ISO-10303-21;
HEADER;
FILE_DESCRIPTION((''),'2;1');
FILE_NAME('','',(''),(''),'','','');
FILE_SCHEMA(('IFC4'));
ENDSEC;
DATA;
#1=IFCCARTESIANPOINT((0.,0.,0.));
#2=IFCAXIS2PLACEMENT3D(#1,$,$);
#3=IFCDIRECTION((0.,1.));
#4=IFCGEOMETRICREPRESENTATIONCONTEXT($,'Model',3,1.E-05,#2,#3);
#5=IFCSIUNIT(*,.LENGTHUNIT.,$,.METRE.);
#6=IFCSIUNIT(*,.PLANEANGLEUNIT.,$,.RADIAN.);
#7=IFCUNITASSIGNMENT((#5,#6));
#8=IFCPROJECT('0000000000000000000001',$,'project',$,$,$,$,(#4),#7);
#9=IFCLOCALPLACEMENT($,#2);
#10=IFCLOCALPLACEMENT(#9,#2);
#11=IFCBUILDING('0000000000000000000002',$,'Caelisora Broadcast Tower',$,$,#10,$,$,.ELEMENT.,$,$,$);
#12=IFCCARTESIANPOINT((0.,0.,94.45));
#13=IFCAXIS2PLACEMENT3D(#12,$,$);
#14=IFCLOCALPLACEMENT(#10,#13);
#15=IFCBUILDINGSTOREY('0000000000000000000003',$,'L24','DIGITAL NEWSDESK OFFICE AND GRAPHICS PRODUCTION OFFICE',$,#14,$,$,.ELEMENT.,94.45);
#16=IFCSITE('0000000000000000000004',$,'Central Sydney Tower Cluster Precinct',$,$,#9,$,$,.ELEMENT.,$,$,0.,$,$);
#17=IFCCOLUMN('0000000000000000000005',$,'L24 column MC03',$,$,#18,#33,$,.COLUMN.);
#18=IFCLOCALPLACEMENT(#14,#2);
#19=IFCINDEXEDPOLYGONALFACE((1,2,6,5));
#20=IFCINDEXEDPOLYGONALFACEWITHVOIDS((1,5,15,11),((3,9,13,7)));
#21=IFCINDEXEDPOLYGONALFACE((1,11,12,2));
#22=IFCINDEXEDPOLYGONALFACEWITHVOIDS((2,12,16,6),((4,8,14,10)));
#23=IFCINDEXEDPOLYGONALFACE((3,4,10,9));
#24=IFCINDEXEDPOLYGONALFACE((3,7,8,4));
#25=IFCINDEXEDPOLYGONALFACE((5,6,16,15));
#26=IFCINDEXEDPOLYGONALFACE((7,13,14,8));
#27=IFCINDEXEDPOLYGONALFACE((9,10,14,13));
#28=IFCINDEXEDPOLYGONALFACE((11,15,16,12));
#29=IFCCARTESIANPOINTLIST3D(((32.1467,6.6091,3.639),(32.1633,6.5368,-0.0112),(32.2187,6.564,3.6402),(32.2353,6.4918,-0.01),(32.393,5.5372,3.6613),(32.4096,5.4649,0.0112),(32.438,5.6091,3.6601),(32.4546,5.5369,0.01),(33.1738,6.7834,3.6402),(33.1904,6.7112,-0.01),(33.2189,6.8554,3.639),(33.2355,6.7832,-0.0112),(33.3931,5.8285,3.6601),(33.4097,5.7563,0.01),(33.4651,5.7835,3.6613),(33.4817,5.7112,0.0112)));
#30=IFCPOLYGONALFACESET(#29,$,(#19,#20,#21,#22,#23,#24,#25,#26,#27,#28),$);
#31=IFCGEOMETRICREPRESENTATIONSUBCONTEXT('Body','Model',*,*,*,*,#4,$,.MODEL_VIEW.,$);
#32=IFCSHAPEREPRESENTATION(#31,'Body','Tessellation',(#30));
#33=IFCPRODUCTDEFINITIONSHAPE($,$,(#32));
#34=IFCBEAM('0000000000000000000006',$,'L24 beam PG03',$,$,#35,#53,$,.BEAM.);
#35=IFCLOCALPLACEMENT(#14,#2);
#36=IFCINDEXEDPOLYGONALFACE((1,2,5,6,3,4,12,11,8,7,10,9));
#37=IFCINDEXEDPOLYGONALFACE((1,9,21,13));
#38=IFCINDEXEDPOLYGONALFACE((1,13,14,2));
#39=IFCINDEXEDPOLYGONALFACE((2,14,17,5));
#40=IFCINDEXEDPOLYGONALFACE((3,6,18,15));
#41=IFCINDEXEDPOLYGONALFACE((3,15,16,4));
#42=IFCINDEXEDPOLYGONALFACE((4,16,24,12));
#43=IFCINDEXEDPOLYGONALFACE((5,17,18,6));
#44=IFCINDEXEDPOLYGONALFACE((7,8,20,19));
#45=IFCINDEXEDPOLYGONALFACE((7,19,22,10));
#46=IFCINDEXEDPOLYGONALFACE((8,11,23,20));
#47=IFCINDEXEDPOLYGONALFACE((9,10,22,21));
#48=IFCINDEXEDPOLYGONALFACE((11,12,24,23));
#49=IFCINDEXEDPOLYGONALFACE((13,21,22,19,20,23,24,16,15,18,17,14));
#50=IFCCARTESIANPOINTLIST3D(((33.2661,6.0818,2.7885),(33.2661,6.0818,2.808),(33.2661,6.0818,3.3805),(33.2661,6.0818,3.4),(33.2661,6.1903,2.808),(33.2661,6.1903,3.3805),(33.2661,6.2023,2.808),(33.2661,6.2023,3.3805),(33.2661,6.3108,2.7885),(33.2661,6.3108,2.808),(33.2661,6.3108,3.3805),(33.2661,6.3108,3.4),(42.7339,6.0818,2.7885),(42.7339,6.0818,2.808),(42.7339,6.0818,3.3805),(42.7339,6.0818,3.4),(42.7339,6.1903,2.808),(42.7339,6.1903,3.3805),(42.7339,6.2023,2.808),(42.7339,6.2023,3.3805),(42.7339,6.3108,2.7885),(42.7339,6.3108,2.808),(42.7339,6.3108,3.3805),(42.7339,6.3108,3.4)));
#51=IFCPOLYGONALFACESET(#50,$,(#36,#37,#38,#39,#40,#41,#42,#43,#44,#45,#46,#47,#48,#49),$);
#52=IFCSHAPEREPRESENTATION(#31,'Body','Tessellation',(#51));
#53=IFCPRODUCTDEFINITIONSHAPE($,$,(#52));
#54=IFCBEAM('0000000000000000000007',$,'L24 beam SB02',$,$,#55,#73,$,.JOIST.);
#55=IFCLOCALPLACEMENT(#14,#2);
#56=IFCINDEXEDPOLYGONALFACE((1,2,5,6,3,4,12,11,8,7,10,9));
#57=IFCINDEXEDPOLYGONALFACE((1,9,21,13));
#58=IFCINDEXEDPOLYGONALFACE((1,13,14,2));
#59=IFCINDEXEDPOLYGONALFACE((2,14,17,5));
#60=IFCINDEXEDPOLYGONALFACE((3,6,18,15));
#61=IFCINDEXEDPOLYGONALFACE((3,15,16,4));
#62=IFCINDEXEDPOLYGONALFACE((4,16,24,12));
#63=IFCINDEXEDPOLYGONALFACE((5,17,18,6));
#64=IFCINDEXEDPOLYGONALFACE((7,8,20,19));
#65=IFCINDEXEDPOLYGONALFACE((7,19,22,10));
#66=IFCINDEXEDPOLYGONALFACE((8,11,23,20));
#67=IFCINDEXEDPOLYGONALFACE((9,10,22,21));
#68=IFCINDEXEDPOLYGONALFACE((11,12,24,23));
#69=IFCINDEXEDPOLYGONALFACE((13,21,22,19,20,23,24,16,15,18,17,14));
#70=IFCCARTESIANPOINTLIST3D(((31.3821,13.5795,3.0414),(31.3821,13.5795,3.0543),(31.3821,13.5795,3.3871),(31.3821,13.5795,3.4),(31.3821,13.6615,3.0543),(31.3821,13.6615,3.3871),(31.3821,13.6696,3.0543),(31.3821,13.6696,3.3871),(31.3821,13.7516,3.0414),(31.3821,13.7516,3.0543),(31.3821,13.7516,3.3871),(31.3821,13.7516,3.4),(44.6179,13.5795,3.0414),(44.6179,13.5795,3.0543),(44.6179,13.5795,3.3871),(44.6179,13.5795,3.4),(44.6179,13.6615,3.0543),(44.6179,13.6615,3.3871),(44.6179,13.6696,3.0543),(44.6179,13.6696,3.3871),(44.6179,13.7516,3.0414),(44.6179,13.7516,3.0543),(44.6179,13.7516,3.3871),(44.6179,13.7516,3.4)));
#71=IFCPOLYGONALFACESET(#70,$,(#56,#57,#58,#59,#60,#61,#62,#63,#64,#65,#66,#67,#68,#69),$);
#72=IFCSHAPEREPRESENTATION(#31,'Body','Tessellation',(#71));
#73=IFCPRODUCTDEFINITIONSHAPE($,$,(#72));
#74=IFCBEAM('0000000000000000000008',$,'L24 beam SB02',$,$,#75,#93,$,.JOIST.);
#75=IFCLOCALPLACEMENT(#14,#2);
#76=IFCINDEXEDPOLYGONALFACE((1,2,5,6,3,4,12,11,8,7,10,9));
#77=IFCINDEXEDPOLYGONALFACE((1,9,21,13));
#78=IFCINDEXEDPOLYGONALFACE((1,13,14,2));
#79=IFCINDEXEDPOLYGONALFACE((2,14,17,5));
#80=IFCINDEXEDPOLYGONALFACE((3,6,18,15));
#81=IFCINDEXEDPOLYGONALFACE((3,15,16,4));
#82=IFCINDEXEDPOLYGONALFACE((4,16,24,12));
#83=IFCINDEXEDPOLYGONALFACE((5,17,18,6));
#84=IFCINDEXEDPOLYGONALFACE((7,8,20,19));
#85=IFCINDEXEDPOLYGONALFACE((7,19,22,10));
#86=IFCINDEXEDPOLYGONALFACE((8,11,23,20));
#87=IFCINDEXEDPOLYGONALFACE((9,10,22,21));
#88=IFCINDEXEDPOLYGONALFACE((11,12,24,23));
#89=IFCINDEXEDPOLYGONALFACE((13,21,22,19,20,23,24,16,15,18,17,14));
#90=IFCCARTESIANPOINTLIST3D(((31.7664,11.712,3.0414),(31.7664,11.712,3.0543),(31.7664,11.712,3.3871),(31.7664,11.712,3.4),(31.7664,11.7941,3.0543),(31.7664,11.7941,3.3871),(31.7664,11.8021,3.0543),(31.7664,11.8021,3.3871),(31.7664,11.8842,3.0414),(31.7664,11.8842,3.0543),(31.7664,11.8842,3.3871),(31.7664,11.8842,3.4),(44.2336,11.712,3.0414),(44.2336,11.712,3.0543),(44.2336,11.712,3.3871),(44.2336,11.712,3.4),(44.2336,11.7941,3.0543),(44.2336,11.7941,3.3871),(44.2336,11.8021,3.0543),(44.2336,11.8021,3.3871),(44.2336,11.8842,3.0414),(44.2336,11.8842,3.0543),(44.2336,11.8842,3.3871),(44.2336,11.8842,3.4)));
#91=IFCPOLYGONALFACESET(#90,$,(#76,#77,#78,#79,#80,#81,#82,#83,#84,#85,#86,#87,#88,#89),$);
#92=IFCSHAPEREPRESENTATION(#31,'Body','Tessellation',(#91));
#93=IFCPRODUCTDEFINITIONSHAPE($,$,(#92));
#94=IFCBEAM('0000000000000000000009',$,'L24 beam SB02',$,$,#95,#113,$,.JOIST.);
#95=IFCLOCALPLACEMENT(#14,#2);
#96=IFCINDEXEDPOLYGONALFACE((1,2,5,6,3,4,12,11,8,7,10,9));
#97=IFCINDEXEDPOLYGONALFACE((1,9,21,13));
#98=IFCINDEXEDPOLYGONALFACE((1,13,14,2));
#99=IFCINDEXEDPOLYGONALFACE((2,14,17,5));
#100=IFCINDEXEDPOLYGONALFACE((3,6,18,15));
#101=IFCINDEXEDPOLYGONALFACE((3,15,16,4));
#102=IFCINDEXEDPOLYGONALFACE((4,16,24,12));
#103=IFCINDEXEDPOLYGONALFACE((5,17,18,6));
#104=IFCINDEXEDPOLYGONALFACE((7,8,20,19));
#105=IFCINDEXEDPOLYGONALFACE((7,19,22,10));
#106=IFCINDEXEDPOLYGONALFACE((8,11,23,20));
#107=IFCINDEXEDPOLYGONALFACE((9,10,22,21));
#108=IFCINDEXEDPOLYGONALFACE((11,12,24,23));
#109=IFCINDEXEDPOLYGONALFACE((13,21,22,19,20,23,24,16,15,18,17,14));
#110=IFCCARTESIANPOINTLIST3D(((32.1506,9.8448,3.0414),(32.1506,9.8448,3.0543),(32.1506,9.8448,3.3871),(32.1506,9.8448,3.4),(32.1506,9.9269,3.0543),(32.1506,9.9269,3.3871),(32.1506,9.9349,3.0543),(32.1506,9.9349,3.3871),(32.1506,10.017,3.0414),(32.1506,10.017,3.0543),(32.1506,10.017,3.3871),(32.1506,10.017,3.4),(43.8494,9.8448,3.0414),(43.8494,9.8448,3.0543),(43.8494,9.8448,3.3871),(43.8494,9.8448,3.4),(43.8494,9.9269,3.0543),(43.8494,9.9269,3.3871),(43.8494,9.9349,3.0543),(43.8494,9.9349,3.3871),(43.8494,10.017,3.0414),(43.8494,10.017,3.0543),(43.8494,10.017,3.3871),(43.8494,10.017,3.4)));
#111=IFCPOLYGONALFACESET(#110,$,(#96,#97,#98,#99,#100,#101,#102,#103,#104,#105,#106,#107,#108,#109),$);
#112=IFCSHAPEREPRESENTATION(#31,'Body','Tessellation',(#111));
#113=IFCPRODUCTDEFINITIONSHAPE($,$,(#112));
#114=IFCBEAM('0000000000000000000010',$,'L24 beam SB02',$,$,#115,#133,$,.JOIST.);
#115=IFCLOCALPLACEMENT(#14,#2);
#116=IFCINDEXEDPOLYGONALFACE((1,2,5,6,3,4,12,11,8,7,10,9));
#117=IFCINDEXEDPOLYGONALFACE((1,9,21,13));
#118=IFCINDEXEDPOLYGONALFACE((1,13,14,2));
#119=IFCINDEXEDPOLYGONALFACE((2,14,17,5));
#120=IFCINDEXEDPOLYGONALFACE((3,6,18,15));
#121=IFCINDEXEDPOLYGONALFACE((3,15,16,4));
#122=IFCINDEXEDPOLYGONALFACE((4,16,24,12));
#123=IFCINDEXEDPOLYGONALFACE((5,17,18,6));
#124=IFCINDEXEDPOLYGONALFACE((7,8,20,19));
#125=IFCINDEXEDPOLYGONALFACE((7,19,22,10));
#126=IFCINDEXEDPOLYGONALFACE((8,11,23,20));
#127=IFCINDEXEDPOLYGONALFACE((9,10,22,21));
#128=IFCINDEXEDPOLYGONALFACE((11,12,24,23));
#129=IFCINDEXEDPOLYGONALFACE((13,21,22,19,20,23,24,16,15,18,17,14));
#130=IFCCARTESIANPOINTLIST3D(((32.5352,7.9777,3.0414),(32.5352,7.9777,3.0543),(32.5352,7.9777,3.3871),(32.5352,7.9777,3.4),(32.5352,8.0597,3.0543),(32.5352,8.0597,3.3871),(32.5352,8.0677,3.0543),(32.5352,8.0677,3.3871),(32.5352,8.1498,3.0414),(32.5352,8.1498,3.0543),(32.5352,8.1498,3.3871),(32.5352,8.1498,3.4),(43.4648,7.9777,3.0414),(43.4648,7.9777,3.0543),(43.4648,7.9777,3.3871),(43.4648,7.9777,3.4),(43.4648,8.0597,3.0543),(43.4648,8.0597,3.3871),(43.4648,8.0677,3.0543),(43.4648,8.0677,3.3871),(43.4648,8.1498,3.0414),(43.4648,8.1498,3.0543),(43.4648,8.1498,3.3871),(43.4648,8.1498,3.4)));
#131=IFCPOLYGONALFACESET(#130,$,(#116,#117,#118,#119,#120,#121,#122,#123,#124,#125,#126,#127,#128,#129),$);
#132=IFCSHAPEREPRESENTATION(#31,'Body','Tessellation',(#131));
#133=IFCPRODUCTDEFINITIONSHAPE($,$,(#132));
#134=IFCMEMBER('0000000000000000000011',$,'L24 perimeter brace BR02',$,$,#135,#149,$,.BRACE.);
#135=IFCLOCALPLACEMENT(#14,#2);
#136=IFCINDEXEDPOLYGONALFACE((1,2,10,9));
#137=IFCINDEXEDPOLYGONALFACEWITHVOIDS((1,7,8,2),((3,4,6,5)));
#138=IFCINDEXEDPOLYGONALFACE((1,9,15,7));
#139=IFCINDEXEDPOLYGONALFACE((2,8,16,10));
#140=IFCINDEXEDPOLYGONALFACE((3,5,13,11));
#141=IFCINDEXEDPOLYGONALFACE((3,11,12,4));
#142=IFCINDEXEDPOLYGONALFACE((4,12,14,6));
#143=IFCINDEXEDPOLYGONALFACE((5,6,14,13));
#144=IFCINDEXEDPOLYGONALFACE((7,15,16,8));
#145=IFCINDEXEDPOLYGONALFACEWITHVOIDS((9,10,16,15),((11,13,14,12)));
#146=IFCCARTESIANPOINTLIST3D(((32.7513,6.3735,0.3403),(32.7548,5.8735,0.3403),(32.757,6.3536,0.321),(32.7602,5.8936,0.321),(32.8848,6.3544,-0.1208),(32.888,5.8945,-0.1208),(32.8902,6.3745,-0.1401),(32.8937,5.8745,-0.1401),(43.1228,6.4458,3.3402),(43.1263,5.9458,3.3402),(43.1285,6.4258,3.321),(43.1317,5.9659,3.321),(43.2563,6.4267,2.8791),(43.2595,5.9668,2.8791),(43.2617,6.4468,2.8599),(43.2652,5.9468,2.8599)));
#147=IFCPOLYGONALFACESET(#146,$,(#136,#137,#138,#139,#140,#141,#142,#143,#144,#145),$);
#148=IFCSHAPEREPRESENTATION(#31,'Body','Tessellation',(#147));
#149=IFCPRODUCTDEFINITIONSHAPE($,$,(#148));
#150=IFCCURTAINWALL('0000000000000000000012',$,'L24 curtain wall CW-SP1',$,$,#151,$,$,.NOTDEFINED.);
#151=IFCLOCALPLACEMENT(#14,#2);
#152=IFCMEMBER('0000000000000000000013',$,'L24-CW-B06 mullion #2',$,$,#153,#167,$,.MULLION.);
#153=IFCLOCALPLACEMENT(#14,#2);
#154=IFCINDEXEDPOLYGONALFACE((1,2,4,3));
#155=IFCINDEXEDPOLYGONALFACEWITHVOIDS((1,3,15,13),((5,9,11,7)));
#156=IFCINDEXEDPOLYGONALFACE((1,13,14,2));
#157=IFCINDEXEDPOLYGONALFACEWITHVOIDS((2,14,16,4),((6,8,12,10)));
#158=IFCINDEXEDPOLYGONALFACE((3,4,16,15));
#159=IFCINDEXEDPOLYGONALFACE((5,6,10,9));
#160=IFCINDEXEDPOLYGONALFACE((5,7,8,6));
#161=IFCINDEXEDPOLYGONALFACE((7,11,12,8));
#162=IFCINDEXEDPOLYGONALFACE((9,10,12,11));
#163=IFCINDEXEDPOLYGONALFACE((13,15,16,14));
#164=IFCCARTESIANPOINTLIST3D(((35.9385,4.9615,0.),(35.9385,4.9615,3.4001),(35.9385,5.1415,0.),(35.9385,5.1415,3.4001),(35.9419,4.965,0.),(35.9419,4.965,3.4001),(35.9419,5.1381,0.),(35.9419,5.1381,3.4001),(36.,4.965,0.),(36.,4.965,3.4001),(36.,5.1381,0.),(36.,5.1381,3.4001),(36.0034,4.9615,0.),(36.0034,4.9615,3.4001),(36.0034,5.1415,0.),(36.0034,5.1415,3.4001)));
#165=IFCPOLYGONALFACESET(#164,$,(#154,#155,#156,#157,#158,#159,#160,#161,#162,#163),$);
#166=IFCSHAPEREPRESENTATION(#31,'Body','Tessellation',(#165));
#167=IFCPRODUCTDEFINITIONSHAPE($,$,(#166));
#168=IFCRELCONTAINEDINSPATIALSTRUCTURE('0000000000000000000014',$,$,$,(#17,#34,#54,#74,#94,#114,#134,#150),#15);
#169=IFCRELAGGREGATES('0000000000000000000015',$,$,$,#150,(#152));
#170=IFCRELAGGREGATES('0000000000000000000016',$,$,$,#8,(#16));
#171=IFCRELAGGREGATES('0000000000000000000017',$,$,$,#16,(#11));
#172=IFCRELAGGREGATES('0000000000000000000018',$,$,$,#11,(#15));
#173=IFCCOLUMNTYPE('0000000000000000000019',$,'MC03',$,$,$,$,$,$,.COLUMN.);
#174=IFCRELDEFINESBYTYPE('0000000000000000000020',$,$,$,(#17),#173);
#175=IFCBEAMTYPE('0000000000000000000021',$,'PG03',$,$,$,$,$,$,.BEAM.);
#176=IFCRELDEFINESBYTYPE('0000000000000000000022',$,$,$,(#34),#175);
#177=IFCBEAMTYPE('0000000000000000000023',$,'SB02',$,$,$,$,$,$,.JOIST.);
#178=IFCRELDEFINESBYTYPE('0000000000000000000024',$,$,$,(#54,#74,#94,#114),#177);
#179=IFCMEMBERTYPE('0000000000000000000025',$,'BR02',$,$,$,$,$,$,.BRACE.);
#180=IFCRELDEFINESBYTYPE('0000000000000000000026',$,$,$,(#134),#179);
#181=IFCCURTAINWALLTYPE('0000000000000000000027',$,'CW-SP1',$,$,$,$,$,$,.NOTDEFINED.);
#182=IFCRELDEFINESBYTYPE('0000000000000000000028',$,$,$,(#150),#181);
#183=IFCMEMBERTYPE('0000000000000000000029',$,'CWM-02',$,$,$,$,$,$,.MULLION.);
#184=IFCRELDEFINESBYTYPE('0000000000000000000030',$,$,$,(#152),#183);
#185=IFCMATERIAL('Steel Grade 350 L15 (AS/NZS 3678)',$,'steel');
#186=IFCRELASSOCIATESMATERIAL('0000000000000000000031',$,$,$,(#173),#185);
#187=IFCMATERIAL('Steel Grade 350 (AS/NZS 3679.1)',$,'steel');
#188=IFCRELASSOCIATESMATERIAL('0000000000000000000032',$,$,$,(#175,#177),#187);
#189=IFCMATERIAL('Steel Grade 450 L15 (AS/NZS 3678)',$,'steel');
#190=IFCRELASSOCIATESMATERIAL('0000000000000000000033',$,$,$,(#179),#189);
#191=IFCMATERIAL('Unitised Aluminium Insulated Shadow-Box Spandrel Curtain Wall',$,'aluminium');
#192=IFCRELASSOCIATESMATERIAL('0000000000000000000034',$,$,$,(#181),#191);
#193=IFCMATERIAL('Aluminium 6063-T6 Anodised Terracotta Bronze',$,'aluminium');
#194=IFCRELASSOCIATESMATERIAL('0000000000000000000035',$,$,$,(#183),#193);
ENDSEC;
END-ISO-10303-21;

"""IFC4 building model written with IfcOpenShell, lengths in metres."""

from ifc_helpers import new_model, si_unit, direction, frame, origin, origin_2d, place, context, subcontext, project, spatial, hollow_rectangle, i_section, extrude, source, transform, mapped, material, material_profile, profile_set, type_object, type_shapes, element, aggregate, save


model = new_model("IFC4")

# Units and contexts
model_context = context("Model", 3, precision=1e-05, world=origin(), true_north=direction((0.0, 1.0)))
body_context = subcontext(model_context, "Body", "Model", "MODEL_VIEW")
ifc_project = project(units=[si_unit("LENGTHUNIT", "METRE"), si_unit("PLANEANGLEUNIT", "RADIAN")], contexts=[model_context])

# Site, building, storey
site_placement = place(None, origin())
site = spatial("IfcSite", under=ifc_project, at=site_placement, Name="Central Sydney Tower Cluster Precinct", CompositionType="ELEMENT", RefElevation=0.0)
building_placement = place(site_placement, origin())
building = spatial("IfcBuilding", under=site, at=building_placement, Name="Caelisora Broadcast Tower", CompositionType="ELEMENT")
storey_placement = place(building_placement, frame((0.0, 0.0, 94.45)))
storey = spatial("IfcBuildingStorey", under=building, at=storey_placement, Name="L24", Description="DIGITAL NEWSDESK OFFICE AND GRAPHICS PRODUCTION OFFICE", CompositionType="ELEMENT", Elevation=94.45)

# Column
ifc_material_1 = material(Name="Steel Grade 350 L15 (AS/NZS 3678)", Category="steel")
ifc_material_profile_1 = material_profile(ifc_material_1, hollow_rectangle(XDim=1.1001, YDim=1.1001, WallThickness=0.0601, at=origin_2d()), Name="Steel Grade 350 L15 (AS/NZS 3678)")
ifc_profile_set_1 = profile_set([ifc_material_profile_1], Name="Steel Grade 350 L15 (AS/NZS 3678)")
column_type = type_object("IfcColumnType", Name="MC03", PredefinedType="COLUMN", material=ifc_profile_set_1)
shared_shape_1 = source(origin(), body_context, "Body", "SweptSolid", [
    extrude(hollow_rectangle(XDim=1.1001, YDim=1.1001, WallThickness=0.0601, at=origin_2d()), origin(), (0.0, 0.0, 1.0), 3.6509),
])
type_shapes(column_type, [shared_shape_1])
column_placement = place(storey_placement, frame((32.8225, 6.124, 0.0), z_axis=(-0.004547, 0.019794, 0.999794), x_axis=(-0.974613, -0.223898, 0.0)))
element("IfcColumn", 1, at=column_placement, inside=storey, type_object=column_type, Name="L24 column MC03", PredefinedType="COLUMN", context=body_context, shape_type="MappedRepresentation", body=[
    mapped(shared_shape_1, transform((0.0, 0.0, 0.0), scale=1.0)),
])

# Beams
ifc_material_2 = material(Name="Steel Grade 350 (AS/NZS 3679.1)", Category="steel")
ifc_material_profile_2 = material_profile(ifc_material_2, i_section(OverallWidth=0.229, OverallDepth=0.6116, WebThickness=0.012, FlangeThickness=0.0195, at=origin_2d()), Name="Steel Grade 350 (AS/NZS 3679.1)")
ifc_profile_set_2 = profile_set([ifc_material_profile_2], Name="Steel Grade 350 (AS/NZS 3679.1)")
beam_type_1 = type_object("IfcBeamType", Name="PG03", PredefinedType="BEAM", material=ifc_profile_set_2)
shared_shape_2 = source(origin(), body_context, "Body", "SweptSolid", [
    extrude(i_section(OverallWidth=0.229, OverallDepth=0.6116, WebThickness=0.012, FlangeThickness=0.0195, at=origin_2d()), origin(), (0.0, 0.0, 1.0), 9.4678),
])
type_shapes(beam_type_1, [shared_shape_2])
beam_1_placement = place(storey_placement, frame((33.2661, 6.1963, 3.0942), z_axis=(1.0, 0.0, 0.0), x_axis=(0.0, 1.0, 0.0)))
element("IfcBeam", 2, at=beam_1_placement, inside=storey, type_object=beam_type_1, Name="L24 beam PG03", PredefinedType="BEAM", context=body_context, shape_type="MappedRepresentation", body=[
    mapped(shared_shape_2, transform((0.0, 0.0, 0.0), scale=1.0)),
])
ifc_material_profile_3 = material_profile(ifc_material_2, i_section(OverallWidth=0.1721, OverallDepth=0.3586, WebThickness=0.0081, FlangeThickness=0.0129, at=origin_2d()), Name="Steel Grade 350 (AS/NZS 3679.1)")
ifc_profile_set_3 = profile_set([ifc_material_profile_3], Name="Steel Grade 350 (AS/NZS 3679.1)")
beam_type_2 = type_object("IfcBeamType", Name="SB02", PredefinedType="JOIST", material=ifc_profile_set_3)
shared_shape_3 = source(origin(), body_context, "Body", "SweptSolid", [
    extrude(i_section(OverallWidth=0.1721, OverallDepth=0.3586, WebThickness=0.0081, FlangeThickness=0.0129, at=origin_2d()), origin(), (0.0, 0.0, 1.0), 13.2358),
])
beam_2_placement = place(storey_placement, frame((31.3821, 13.6655, 3.2207), z_axis=(1.0, 0.0, 0.0), x_axis=(0.0, 1.0, 0.0)))
element("IfcBeam", 3, at=beam_2_placement, inside=storey, type_object=beam_type_2, Name="L24 beam SB02", PredefinedType="JOIST", context=body_context, shape_type="MappedRepresentation", body=[
    mapped(shared_shape_3, transform((0.0, 0.0, 0.0), scale=1.0)),
])
shared_shape_4 = source(origin(), body_context, "Body", "SweptSolid", [
    extrude(i_section(OverallWidth=0.1721, OverallDepth=0.3586, WebThickness=0.0081, FlangeThickness=0.0129, at=origin_2d()), origin(), (0.0, 0.0, 1.0), 12.4673),
])
beam_3_placement = place(storey_placement, frame((31.7664, 11.7981, 3.2207), z_axis=(1.0, 0.0, 0.0), x_axis=(0.0, 1.0, 0.0)))
element("IfcBeam", 4, at=beam_3_placement, inside=storey, type_object=beam_type_2, Name="L24 beam SB02", PredefinedType="JOIST", context=body_context, shape_type="MappedRepresentation", body=[
    mapped(shared_shape_4, transform((0.0, 0.0, 0.0), scale=1.0)),
])
shared_shape_5 = source(origin(), body_context, "Body", "SweptSolid", [
    extrude(i_section(OverallWidth=0.1721, OverallDepth=0.3586, WebThickness=0.0081, FlangeThickness=0.0129, at=origin_2d()), origin(), (0.0, 0.0, 1.0), 11.6987),
])
beam_4_placement = place(storey_placement, frame((32.1506, 9.9309, 3.2207), z_axis=(1.0, 0.0, 0.0), x_axis=(0.0, 1.0, 0.0)))
element("IfcBeam", 5, at=beam_4_placement, inside=storey, type_object=beam_type_2, Name="L24 beam SB02", PredefinedType="JOIST", context=body_context, shape_type="MappedRepresentation", body=[
    mapped(shared_shape_5, transform((0.0, 0.0, 0.0), scale=1.0)),
])
shared_shape_6 = source(origin(), body_context, "Body", "SweptSolid", [
    extrude(i_section(OverallWidth=0.1721, OverallDepth=0.3586, WebThickness=0.0081, FlangeThickness=0.0129, at=origin_2d()), origin(), (0.0, 0.0, 1.0), 10.9297),
])
type_shapes(beam_type_2, [shared_shape_3, shared_shape_4, shared_shape_5, shared_shape_6])
beam_5_placement = place(storey_placement, frame((32.5352, 8.0637, 3.2207), z_axis=(1.0, 0.0, 0.0), x_axis=(0.0, 1.0, 0.0)))
element("IfcBeam", 6, at=beam_5_placement, inside=storey, type_object=beam_type_2, Name="L24 beam SB02", PredefinedType="JOIST", context=body_context, shape_type="MappedRepresentation", body=[
    mapped(shared_shape_6, transform((0.0, 0.0, 0.0), scale=1.0)),
])

# Member
ifc_material_3 = material(Name="Steel Grade 450 L15 (AS/NZS 3678)", Category="steel")
ifc_material_profile_4 = material_profile(ifc_material_3, hollow_rectangle(XDim=0.5, YDim=0.5, WallThickness=0.02, at=origin_2d()), Name="Steel Grade 450 L15 (AS/NZS 3678)")
ifc_profile_set_4 = profile_set([ifc_material_profile_4], Name="Steel Grade 450 L15 (AS/NZS 3678)")
member_type_1 = type_object("IfcMemberType", Name="BR02", PredefinedType="BRACE", material=ifc_profile_set_4)
shared_shape_7 = source(origin(), body_context, "Body", "SweptSolid", [
    extrude(hollow_rectangle(XDim=0.5, YDim=0.5, WallThickness=0.02, at=origin_2d()), origin(), (0.0, 0.0, 1.0), 10.7969),
])
type_shapes(member_type_1, [shared_shape_7])
member_1_placement = place(storey_placement, frame((32.8225, 6.124, 0.1001), z_axis=(0.9606, 0.006693, 0.277855), x_axis=(-0.006967, 0.999976, 0.0)))
element("IfcMember", 7, at=member_1_placement, inside=storey, type_object=member_type_1, Name="L24 perimeter brace BR02", PredefinedType="BRACE", context=body_context, shape_type="MappedRepresentation", body=[
    mapped(shared_shape_7, transform((0.0, 0.0, 0.0), scale=1.0)),
])

# Curtain wall, member
ifc_material_4 = material(Name="Unitised Aluminium Insulated Shadow-Box Spandrel Curtain Wall", Category="aluminium")
curtain_wall_type_1 = type_object("IfcCurtainWallType", Name="CW-SP1", PredefinedType="NOTDEFINED", material=ifc_material_4)
curtain_wall_1_placement = place(storey_placement, origin())
curtain_wall_1 = element("IfcCurtainWall", 8, at=curtain_wall_1_placement, inside=storey, type_object=curtain_wall_type_1, Name="L24 curtain wall CW-SP1", PredefinedType="NOTDEFINED")
ifc_material_5 = material(Name="Aluminium 6063-T6 Anodised Terracotta Bronze", Category="aluminium")
ifc_material_profile_5 = material_profile(ifc_material_5, hollow_rectangle(XDim=0.0649, YDim=0.1799, WallThickness=0.0034, at=origin_2d()), Name="Aluminium 6063-T6 Anodised Terracotta Bronze")
ifc_profile_set_5 = profile_set([ifc_material_profile_5], Name="Aluminium 6063-T6 Anodised Terracotta Bronze")
member_type_2 = type_object("IfcMemberType", Name="CWM-02", PredefinedType="MULLION", material=ifc_profile_set_5)
shared_shape_8 = source(origin(), body_context, "Body", "SweptSolid", [
    extrude(hollow_rectangle(XDim=0.0649, YDim=0.1799, WallThickness=0.0034, at=origin_2d()), origin(), (0.0, 0.0, 1.0), 3.4001),
])
type_shapes(member_type_2, [shared_shape_8])
member_2_placement = place(storey_placement, frame((35.9709, 5.0515, 0.0), z_axis=(0.0, 0.0, 1.0), x_axis=(1.0, 0.0, 0.0)))
member_2 = element("IfcMember", 9, at=member_2_placement, type_object=member_type_2, Name="L24-CW-B06 mullion #2", PredefinedType="MULLION", context=body_context, shape_type="MappedRepresentation", body=[
    mapped(shared_shape_8, transform((0.0, 0.0, 0.0), scale=1.0)),
])

aggregate(curtain_wall_1, [member_2])

save(model, "model.ifc")
